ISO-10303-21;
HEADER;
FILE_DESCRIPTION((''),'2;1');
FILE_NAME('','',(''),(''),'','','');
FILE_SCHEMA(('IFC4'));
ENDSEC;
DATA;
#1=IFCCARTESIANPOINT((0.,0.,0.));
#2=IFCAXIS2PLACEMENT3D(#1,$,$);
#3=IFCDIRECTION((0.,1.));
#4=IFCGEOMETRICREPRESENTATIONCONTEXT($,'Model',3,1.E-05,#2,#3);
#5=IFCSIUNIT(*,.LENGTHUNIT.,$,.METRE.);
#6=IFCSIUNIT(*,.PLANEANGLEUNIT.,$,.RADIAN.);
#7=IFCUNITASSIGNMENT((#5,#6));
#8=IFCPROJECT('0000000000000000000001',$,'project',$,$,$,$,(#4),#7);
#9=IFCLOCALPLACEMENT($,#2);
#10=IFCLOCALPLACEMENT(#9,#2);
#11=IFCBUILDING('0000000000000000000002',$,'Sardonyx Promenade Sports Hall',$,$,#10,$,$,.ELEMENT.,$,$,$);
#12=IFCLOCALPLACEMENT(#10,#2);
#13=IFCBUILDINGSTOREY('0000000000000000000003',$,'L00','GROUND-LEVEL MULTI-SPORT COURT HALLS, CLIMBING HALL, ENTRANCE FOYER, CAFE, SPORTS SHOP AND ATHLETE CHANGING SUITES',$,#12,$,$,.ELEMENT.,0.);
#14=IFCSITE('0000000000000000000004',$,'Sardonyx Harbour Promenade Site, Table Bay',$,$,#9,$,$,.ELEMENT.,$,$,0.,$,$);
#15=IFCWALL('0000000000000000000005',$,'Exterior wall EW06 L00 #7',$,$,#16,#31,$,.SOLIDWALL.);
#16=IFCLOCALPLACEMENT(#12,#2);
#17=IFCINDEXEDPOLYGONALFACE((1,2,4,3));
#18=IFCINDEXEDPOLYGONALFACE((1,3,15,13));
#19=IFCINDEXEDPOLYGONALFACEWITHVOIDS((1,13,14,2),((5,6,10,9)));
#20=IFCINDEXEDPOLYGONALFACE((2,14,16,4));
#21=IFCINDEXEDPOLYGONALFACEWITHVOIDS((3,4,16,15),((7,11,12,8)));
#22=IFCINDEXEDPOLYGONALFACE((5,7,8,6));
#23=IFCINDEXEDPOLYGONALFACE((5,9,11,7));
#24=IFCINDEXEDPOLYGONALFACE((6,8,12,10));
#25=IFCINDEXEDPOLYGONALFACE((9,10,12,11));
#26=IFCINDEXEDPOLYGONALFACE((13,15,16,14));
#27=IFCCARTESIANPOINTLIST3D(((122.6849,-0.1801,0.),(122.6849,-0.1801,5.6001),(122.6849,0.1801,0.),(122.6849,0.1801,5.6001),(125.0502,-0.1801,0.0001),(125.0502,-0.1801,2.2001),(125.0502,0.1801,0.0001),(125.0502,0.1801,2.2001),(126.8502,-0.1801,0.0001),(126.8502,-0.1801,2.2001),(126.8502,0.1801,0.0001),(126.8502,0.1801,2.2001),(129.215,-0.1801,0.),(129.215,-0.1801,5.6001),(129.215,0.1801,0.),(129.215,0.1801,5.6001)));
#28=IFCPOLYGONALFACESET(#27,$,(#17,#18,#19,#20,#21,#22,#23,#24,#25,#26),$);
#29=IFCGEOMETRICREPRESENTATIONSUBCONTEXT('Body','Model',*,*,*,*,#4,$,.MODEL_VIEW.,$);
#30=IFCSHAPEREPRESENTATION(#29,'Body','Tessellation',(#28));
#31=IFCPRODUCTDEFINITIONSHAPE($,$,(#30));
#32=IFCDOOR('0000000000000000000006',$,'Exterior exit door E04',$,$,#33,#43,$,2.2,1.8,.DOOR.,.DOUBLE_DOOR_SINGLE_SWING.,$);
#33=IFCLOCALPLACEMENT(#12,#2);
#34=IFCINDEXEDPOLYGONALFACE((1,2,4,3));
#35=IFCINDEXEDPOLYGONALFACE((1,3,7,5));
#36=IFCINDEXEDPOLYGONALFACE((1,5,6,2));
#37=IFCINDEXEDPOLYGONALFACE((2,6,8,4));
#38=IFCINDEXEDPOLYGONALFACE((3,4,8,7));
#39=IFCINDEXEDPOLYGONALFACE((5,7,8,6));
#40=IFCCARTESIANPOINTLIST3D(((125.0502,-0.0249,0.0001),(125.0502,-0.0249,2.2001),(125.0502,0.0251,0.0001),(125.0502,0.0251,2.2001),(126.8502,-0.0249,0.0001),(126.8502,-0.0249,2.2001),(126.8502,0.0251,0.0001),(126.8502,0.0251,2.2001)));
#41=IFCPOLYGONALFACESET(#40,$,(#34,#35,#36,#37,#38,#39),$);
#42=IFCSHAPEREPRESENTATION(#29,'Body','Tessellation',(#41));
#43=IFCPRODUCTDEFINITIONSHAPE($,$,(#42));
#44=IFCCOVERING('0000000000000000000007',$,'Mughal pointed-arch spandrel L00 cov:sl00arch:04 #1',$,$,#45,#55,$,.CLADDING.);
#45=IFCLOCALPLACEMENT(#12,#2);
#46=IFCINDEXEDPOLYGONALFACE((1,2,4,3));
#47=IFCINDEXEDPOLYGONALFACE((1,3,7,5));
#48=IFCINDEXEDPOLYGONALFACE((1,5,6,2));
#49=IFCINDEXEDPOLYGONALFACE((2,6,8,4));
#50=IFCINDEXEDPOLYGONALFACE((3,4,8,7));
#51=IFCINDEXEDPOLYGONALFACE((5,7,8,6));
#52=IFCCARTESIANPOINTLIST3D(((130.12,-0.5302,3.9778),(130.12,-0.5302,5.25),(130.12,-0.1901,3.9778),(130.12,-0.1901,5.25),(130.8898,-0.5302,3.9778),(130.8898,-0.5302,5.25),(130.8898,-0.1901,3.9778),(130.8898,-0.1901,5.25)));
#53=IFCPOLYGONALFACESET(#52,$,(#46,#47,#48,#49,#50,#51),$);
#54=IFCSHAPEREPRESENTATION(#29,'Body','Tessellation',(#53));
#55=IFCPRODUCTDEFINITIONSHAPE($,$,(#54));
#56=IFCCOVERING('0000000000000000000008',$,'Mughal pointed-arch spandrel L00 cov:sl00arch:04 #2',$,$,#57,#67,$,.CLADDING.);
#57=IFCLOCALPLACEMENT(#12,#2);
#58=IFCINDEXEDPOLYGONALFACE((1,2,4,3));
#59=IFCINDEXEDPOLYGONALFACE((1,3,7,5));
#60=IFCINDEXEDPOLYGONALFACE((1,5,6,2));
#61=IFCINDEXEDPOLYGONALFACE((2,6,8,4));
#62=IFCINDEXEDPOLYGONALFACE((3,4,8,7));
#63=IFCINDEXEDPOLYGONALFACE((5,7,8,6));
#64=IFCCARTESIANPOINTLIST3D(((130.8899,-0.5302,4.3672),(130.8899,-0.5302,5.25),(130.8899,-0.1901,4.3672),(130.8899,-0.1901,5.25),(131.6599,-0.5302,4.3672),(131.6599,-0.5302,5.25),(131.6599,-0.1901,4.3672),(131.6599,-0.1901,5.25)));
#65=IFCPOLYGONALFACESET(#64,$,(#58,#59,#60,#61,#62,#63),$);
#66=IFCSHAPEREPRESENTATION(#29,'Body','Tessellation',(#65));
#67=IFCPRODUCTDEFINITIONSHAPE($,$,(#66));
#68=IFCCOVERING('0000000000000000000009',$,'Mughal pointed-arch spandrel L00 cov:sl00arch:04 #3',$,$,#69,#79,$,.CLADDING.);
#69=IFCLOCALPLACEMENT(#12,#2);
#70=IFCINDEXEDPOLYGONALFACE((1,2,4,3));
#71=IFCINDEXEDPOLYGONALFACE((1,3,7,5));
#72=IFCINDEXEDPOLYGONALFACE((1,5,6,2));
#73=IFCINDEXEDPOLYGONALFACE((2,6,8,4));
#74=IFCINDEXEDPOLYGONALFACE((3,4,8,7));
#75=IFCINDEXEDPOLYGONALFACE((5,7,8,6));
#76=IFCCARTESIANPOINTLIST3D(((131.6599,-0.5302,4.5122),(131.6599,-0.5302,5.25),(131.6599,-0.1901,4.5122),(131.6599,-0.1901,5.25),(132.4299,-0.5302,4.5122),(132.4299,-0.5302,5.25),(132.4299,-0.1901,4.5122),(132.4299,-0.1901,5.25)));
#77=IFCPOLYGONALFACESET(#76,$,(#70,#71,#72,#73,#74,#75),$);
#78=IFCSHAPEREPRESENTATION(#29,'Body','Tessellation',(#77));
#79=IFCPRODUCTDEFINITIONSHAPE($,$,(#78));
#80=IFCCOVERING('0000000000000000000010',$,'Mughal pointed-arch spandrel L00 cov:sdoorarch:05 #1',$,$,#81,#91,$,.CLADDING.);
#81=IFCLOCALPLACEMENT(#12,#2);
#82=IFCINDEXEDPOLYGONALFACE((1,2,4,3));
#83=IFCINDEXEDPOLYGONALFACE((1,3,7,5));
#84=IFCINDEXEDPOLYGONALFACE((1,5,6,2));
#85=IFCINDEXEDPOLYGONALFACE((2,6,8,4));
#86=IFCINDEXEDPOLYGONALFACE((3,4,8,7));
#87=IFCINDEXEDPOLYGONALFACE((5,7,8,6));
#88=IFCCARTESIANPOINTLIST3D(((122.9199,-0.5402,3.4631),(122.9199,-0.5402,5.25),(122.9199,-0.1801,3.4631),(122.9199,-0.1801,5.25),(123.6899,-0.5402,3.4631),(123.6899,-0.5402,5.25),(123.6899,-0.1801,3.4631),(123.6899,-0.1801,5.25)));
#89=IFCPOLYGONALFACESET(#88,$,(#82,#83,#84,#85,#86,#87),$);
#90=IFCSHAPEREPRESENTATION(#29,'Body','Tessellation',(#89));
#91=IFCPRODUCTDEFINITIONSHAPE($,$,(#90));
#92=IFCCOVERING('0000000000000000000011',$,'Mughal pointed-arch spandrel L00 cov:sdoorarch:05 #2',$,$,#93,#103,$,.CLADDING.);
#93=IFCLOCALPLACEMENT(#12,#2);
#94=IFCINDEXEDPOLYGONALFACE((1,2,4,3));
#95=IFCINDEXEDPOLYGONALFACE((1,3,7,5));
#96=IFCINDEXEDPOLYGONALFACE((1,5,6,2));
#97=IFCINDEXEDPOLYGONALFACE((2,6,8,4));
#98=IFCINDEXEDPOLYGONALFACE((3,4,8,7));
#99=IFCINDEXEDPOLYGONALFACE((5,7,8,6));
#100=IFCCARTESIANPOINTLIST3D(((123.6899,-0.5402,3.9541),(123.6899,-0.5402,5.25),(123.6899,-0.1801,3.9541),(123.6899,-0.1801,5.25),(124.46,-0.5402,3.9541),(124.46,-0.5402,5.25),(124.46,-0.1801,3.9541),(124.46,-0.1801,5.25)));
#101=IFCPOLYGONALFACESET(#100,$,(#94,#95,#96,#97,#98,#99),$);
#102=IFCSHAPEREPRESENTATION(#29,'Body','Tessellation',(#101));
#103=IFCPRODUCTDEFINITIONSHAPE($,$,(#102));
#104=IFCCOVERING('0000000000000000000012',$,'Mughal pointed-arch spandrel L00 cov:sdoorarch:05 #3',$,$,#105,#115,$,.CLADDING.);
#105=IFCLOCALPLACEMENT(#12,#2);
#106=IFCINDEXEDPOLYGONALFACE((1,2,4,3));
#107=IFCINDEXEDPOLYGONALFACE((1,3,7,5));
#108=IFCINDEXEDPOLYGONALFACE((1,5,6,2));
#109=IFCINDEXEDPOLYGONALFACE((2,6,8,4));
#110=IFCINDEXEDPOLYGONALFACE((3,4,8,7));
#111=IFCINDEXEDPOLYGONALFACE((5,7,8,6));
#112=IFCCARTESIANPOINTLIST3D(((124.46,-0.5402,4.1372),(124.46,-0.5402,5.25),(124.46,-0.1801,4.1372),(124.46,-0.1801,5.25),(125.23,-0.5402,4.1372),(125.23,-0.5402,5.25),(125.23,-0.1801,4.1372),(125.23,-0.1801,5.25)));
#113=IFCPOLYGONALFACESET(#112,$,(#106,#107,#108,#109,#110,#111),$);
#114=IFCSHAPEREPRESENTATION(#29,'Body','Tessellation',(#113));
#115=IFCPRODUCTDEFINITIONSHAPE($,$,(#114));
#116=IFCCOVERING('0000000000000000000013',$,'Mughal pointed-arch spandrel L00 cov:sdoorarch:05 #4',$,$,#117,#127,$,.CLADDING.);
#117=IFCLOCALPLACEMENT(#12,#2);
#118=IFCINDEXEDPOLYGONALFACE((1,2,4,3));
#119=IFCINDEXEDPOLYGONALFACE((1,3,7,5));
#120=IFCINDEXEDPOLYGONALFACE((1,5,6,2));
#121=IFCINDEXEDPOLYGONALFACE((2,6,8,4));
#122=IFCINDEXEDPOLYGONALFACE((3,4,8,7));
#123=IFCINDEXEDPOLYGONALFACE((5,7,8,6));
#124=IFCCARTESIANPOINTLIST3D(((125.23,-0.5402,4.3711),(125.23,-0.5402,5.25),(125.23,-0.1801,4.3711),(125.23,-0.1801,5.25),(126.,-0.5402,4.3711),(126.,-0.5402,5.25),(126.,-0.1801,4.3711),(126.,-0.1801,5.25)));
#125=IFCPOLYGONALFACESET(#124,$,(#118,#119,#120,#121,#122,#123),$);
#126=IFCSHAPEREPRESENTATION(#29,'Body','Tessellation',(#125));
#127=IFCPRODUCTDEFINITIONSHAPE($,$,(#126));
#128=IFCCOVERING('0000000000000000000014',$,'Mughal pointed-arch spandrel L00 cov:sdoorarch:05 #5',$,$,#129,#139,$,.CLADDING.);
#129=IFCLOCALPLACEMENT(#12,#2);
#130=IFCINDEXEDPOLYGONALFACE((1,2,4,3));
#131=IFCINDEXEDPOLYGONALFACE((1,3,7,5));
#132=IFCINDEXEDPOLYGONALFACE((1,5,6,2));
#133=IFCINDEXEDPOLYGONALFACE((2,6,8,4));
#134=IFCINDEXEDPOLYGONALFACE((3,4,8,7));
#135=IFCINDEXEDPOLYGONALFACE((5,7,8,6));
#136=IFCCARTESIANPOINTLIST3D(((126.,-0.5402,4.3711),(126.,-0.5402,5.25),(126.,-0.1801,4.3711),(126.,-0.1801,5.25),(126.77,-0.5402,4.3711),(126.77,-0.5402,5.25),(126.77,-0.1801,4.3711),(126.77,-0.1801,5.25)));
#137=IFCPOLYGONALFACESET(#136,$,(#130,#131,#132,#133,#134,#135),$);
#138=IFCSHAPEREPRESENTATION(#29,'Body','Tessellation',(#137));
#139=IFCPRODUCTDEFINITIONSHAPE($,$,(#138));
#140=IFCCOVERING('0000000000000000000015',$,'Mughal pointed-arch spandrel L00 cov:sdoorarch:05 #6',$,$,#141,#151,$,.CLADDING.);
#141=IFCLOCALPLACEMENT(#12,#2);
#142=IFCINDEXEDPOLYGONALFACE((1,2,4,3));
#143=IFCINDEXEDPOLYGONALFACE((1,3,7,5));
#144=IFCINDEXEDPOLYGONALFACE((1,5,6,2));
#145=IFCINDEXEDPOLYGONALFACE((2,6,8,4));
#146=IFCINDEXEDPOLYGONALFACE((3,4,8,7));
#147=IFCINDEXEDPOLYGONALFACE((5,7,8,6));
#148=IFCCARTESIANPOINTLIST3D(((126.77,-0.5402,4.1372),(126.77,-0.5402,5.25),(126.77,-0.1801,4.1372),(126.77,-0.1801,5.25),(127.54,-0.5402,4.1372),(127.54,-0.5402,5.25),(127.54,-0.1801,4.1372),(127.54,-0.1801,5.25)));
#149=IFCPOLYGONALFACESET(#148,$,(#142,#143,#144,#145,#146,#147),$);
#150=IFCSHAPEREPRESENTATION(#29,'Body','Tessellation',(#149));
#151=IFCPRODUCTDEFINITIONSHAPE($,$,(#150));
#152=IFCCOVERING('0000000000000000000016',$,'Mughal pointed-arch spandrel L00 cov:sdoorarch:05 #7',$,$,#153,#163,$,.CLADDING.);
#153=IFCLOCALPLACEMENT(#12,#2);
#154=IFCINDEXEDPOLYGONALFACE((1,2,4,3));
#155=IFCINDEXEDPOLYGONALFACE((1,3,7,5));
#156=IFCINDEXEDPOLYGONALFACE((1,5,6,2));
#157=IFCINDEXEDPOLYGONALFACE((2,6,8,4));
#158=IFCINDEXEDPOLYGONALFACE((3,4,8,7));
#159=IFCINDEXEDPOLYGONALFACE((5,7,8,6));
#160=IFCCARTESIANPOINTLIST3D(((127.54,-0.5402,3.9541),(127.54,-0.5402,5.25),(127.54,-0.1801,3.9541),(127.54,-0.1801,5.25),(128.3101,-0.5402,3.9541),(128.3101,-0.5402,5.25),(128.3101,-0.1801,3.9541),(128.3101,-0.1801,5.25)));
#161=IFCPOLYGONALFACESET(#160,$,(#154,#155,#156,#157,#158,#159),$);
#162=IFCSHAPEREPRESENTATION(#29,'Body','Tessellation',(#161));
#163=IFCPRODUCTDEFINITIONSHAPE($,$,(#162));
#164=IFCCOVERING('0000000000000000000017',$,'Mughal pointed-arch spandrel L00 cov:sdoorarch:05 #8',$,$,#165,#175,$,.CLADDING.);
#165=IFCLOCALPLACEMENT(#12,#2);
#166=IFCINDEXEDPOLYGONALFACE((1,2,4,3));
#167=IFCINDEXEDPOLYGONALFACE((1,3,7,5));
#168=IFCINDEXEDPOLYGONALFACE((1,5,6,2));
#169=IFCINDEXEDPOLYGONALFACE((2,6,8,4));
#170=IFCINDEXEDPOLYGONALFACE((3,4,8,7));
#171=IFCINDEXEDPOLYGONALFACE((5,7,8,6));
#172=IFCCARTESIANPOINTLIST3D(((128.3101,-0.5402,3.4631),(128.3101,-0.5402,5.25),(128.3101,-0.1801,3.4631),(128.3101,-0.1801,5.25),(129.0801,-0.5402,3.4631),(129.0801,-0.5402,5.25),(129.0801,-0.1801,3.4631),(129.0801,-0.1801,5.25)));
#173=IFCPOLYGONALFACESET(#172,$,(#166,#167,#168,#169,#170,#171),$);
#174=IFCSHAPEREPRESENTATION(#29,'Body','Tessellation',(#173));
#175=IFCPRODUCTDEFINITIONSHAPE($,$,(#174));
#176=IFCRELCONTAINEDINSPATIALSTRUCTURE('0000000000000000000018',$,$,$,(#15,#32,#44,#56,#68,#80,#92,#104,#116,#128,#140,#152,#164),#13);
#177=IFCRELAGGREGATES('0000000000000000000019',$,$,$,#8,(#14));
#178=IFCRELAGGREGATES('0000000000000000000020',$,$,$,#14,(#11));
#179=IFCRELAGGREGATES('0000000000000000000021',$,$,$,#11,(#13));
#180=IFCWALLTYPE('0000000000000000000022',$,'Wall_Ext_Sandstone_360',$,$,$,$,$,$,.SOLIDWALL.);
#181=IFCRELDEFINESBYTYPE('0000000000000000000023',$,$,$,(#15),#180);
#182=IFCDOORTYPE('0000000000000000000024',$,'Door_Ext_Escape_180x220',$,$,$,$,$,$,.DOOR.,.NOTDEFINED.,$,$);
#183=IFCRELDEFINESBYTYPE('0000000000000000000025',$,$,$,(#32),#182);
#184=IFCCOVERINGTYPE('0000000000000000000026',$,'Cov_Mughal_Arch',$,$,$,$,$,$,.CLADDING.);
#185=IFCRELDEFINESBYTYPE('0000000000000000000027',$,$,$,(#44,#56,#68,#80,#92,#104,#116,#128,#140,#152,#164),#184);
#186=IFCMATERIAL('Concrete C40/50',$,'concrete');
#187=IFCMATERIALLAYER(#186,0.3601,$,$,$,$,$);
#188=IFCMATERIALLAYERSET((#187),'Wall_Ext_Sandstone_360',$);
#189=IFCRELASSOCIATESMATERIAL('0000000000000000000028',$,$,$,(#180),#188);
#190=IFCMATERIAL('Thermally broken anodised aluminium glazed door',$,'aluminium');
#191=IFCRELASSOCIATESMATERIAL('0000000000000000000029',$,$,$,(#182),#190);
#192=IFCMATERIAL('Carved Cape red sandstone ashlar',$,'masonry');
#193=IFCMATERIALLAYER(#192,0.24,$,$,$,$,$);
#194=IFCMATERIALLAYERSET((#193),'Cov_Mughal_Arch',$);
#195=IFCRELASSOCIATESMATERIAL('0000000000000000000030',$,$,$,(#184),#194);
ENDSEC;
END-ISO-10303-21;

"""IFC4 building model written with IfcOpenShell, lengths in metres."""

from ifc_helpers import new_model, si_unit, direction, frame, frame_2d, origin, place, context, subcontext, project, spatial, rectangle, extrude, material, layer, layer_set, type_object, element, fill, save


model = new_model("IFC4")

# Units and contexts
model_context = context("Model", 3, precision=1e-05, world=origin(), true_north=direction((0.0, 1.0)))
body_context = subcontext(model_context, "Body", "Model", "MODEL_VIEW")
ifc_project = project(units=[si_unit("LENGTHUNIT", "METRE"), si_unit("PLANEANGLEUNIT", "RADIAN")], contexts=[model_context])

# Site, building, storey
site_placement = place(None, origin())
site = spatial("IfcSite", under=ifc_project, at=site_placement, Name="Sardonyx Harbour Promenade Site, Table Bay", CompositionType="ELEMENT", RefElevation=0.0)
building_placement = place(site_placement, origin())
building = spatial("IfcBuilding", under=site, at=building_placement, Name="Sardonyx Promenade Sports Hall", CompositionType="ELEMENT")
storey_placement = place(building_placement, origin())
storey = spatial("IfcBuildingStorey", under=building, at=storey_placement, Name="L00", Description="GROUND-LEVEL MULTI-SPORT COURT HALLS, CLIMBING HALL, ENTRANCE FOYER, CAFE, SPORTS SHOP AND ATHLETE CHANGING SUITES", CompositionType="ELEMENT", Elevation=0.0)

# Wall, opening, door
ifc_material_1 = material(Name="Concrete C40/50", Category="concrete")
ifc_layer_1 = layer(ifc_material_1, 0.3601)
ifc_layer_set_1 = layer_set([ifc_layer_1], Name="Wall_Ext_Sandstone_360")
wall_type = type_object("IfcWallType", Name="Wall_Ext_Sandstone_360", PredefinedType="SOLIDWALL", material=ifc_layer_set_1)
wall_placement = place(storey_placement, frame((129.2151, 0.0, 0.0), z_axis=(0.0, 0.0, 1.0), x_axis=(-1.0, 0.0, 0.0)))
wall = element("IfcWall", 1, at=wall_placement, inside=storey, type_object=wall_type, Name="Exterior wall EW06 L00 #7", PredefinedType="SOLIDWALL", context=body_context, shape_type="SweptSolid", body=[
    extrude(rectangle(XDim=6.53, YDim=0.3601, at=frame_2d((3.2651, 0.0))), origin(), (0.0, 0.0, 1.0), 5.6001),
])
opening_placement = place(wall_placement, frame((2.365, 0.0, 0.0)))
opening = element("IfcOpeningElement", 2, at=opening_placement, cuts=wall, PredefinedType="OPENING", context=body_context, shape_type="SweptSolid", body=[
    extrude(rectangle(XDim=1.8, YDim=2.2, at=frame_2d((0.8999, 1.1001))), frame((0.0, 0.19, 0.0), z_axis=(0.0, -1.0, 0.0), x_axis=(1.0, 0.0, 0.0)), (0.0, 0.0, 1.0), 0.38),
])
ifc_material_2 = material(Name="Thermally broken anodised aluminium glazed door", Category="aluminium")
door_type = type_object("IfcDoorType", Name="Door_Ext_Escape_180x220", OperationType="NOTDEFINED", PredefinedType="DOOR", material=ifc_material_2)
door_placement = place(opening_placement, origin())
door = element("IfcDoor", 3, at=door_placement, inside=storey, type_object=door_type, Name="Exterior exit door E04", OperationType="DOUBLE_DOOR_SINGLE_SWING", OverallHeight=2.2, OverallWidth=1.8, PredefinedType="DOOR", context=body_context, shape_type="SweptSolid", body=[
    extrude(rectangle(XDim=1.8, YDim=2.2, at=frame_2d((0.8999, 1.1001))), frame((0.0, 0.0249, 0.0), z_axis=(0.0, -1.0, 0.0), x_axis=(1.0, 0.0, 0.0)), (0.0, 0.0, 1.0), 0.05),
])
fill(opening, door)

# Coverings
ifc_material_3 = material(Name="Carved Cape red sandstone ashlar", Category="masonry")
ifc_layer_2 = layer(ifc_material_3, 0.24)
ifc_layer_set_2 = layer_set([ifc_layer_2], Name="Cov_Mughal_Arch")
covering_type = type_object("IfcCoveringType", Name="Cov_Mughal_Arch", PredefinedType="CLADDING", material=ifc_layer_set_2)
covering_1_placement = place(storey_placement, frame((130.1201, -0.3601, 3.9778), z_axis=(0.0, 0.0, 1.0), x_axis=(1.0, 0.0, 0.0)))
element("IfcCovering", 4, at=covering_1_placement, inside=storey, type_object=covering_type, Name="Mughal pointed-arch spandrel L00 cov:sl00arch:04 #1", PredefinedType="CLADDING", context=body_context, shape_type="SweptSolid", body=[
    extrude(rectangle(XDim=0.7698, YDim=0.3401, at=frame_2d((0.3848, 0.0))), origin(), (0.0, 0.0, 1.0), 1.2722),
])
covering_2_placement = place(storey_placement, frame((130.8899, -0.3601, 4.3672), z_axis=(0.0, 0.0, 1.0), x_axis=(1.0, 0.0, 0.0)))
element("IfcCovering", 5, at=covering_2_placement, inside=storey, type_object=covering_type, Name="Mughal pointed-arch spandrel L00 cov:sl00arch:04 #2", PredefinedType="CLADDING", context=body_context, shape_type="SweptSolid", body=[
    extrude(rectangle(XDim=0.77, YDim=0.3401, at=frame_2d((0.385, 0.0))), origin(), (0.0, 0.0, 1.0), 0.8828),
])
covering_3_placement = place(storey_placement, frame((131.6599, -0.3601, 4.5122), z_axis=(0.0, 0.0, 1.0), x_axis=(1.0, 0.0, 0.0)))
element("IfcCovering", 6, at=covering_3_placement, inside=storey, type_object=covering_type, Name="Mughal pointed-arch spandrel L00 cov:sl00arch:04 #3", PredefinedType="CLADDING", context=body_context, shape_type="SweptSolid", body=[
    extrude(rectangle(XDim=0.77, YDim=0.3401, at=frame_2d((0.385, 0.0))), origin(), (0.0, 0.0, 1.0), 0.7378),
])
covering_4_placement = place(storey_placement, frame((122.9199, -0.3601, 3.4631), z_axis=(0.0, 0.0, 1.0), x_axis=(1.0, 0.0, 0.0)))
element("IfcCovering", 7, at=covering_4_placement, inside=storey, type_object=covering_type, Name="Mughal pointed-arch spandrel L00 cov:sdoorarch:05 #1", PredefinedType="CLADDING", context=body_context, shape_type="SweptSolid", body=[
    extrude(rectangle(XDim=0.77, YDim=0.3601, at=frame_2d((0.385, 0.0))), origin(), (0.0, 0.0, 1.0), 1.7869),
])
covering_5_placement = place(storey_placement, frame((123.6899, -0.3601, 3.9541), z_axis=(0.0, 0.0, 1.0), x_axis=(1.0, 0.0, 0.0)))
element("IfcCovering", 8, at=covering_5_placement, inside=storey, type_object=covering_type, Name="Mughal pointed-arch spandrel L00 cov:sdoorarch:05 #2", PredefinedType="CLADDING", context=body_context, shape_type="SweptSolid", body=[
    extrude(rectangle(XDim=0.77, YDim=0.3601, at=frame_2d((0.385, 0.0))), origin(), (0.0, 0.0, 1.0), 1.2959),
])
covering_6_placement = place(storey_placement, frame((124.46, -0.3601, 4.1372), z_axis=(0.0, 0.0, 1.0), x_axis=(1.0, 0.0, 0.0)))
element("IfcCovering", 9, at=covering_6_placement, inside=storey, type_object=covering_type, Name="Mughal pointed-arch spandrel L00 cov:sdoorarch:05 #3", PredefinedType="CLADDING", context=body_context, shape_type="SweptSolid", body=[
    extrude(rectangle(XDim=0.77, YDim=0.3601, at=frame_2d((0.385, 0.0))), origin(), (0.0, 0.0, 1.0), 1.1128),
])
for number, where, z_axis, x_axis, name in (
    (10, (125.23, -0.3601, 4.3711), (0.0, 0.0, 1.0), (1.0, 0.0, 0.0), "Mughal pointed-arch spandrel L00 cov:sdoorarch:05 #4"),
    (11, (126.0, -0.3601, 4.3711), (0.0, 0.0, 1.0), (1.0, 0.0, 0.0), "Mughal pointed-arch spandrel L00 cov:sdoorarch:05 #5"),
):
    element("IfcCovering", number, at=place(storey_placement, frame(where, z_axis=z_axis, x_axis=x_axis)), inside=storey, type_object=covering_type, Name=name, PredefinedType="CLADDING", context=body_context, shape_type="SweptSolid", body=[
        extrude(rectangle(XDim=0.77, YDim=0.3601, at=frame_2d((0.385, 0.0))), origin(), (0.0, 0.0, 1.0), 0.8789),
    ])
covering_7_placement = place(storey_placement, frame((126.77, -0.3601, 4.1372), z_axis=(0.0, 0.0, 1.0), x_axis=(1.0, 0.0, 0.0)))
element("IfcCovering", 12, at=covering_7_placement, inside=storey, type_object=covering_type, Name="Mughal pointed-arch spandrel L00 cov:sdoorarch:05 #6", PredefinedType="CLADDING", context=body_context, shape_type="SweptSolid", body=[
    extrude(rectangle(XDim=0.77, YDim=0.3601, at=frame_2d((0.385, 0.0))), origin(), (0.0, 0.0, 1.0), 1.1128),
])
covering_8_placement = place(storey_placement, frame((127.54, -0.3601, 3.9541), z_axis=(0.0, 0.0, 1.0), x_axis=(1.0, 0.0, 0.0)))
element("IfcCovering", 13, at=covering_8_placement, inside=storey, type_object=covering_type, Name="Mughal pointed-arch spandrel L00 cov:sdoorarch:05 #7", PredefinedType="CLADDING", context=body_context, shape_type="SweptSolid", body=[
    extrude(rectangle(XDim=0.77, YDim=0.3601, at=frame_2d((0.385, 0.0))), origin(), (0.0, 0.0, 1.0), 1.2959),
])
covering_9_placement = place(storey_placement, frame((128.3101, -0.3601, 3.4631), z_axis=(0.0, 0.0, 1.0), x_axis=(1.0, 0.0, 0.0)))
element("IfcCovering", 14, at=covering_9_placement, inside=storey, type_object=covering_type, Name="Mughal pointed-arch spandrel L00 cov:sdoorarch:05 #8", PredefinedType="CLADDING", context=body_context, shape_type="SweptSolid", body=[
    extrude(rectangle(XDim=0.77, YDim=0.3601, at=frame_2d((0.385, 0.0))), origin(), (0.0, 0.0, 1.0), 1.7869),
])

save(model, "model.ifc")
